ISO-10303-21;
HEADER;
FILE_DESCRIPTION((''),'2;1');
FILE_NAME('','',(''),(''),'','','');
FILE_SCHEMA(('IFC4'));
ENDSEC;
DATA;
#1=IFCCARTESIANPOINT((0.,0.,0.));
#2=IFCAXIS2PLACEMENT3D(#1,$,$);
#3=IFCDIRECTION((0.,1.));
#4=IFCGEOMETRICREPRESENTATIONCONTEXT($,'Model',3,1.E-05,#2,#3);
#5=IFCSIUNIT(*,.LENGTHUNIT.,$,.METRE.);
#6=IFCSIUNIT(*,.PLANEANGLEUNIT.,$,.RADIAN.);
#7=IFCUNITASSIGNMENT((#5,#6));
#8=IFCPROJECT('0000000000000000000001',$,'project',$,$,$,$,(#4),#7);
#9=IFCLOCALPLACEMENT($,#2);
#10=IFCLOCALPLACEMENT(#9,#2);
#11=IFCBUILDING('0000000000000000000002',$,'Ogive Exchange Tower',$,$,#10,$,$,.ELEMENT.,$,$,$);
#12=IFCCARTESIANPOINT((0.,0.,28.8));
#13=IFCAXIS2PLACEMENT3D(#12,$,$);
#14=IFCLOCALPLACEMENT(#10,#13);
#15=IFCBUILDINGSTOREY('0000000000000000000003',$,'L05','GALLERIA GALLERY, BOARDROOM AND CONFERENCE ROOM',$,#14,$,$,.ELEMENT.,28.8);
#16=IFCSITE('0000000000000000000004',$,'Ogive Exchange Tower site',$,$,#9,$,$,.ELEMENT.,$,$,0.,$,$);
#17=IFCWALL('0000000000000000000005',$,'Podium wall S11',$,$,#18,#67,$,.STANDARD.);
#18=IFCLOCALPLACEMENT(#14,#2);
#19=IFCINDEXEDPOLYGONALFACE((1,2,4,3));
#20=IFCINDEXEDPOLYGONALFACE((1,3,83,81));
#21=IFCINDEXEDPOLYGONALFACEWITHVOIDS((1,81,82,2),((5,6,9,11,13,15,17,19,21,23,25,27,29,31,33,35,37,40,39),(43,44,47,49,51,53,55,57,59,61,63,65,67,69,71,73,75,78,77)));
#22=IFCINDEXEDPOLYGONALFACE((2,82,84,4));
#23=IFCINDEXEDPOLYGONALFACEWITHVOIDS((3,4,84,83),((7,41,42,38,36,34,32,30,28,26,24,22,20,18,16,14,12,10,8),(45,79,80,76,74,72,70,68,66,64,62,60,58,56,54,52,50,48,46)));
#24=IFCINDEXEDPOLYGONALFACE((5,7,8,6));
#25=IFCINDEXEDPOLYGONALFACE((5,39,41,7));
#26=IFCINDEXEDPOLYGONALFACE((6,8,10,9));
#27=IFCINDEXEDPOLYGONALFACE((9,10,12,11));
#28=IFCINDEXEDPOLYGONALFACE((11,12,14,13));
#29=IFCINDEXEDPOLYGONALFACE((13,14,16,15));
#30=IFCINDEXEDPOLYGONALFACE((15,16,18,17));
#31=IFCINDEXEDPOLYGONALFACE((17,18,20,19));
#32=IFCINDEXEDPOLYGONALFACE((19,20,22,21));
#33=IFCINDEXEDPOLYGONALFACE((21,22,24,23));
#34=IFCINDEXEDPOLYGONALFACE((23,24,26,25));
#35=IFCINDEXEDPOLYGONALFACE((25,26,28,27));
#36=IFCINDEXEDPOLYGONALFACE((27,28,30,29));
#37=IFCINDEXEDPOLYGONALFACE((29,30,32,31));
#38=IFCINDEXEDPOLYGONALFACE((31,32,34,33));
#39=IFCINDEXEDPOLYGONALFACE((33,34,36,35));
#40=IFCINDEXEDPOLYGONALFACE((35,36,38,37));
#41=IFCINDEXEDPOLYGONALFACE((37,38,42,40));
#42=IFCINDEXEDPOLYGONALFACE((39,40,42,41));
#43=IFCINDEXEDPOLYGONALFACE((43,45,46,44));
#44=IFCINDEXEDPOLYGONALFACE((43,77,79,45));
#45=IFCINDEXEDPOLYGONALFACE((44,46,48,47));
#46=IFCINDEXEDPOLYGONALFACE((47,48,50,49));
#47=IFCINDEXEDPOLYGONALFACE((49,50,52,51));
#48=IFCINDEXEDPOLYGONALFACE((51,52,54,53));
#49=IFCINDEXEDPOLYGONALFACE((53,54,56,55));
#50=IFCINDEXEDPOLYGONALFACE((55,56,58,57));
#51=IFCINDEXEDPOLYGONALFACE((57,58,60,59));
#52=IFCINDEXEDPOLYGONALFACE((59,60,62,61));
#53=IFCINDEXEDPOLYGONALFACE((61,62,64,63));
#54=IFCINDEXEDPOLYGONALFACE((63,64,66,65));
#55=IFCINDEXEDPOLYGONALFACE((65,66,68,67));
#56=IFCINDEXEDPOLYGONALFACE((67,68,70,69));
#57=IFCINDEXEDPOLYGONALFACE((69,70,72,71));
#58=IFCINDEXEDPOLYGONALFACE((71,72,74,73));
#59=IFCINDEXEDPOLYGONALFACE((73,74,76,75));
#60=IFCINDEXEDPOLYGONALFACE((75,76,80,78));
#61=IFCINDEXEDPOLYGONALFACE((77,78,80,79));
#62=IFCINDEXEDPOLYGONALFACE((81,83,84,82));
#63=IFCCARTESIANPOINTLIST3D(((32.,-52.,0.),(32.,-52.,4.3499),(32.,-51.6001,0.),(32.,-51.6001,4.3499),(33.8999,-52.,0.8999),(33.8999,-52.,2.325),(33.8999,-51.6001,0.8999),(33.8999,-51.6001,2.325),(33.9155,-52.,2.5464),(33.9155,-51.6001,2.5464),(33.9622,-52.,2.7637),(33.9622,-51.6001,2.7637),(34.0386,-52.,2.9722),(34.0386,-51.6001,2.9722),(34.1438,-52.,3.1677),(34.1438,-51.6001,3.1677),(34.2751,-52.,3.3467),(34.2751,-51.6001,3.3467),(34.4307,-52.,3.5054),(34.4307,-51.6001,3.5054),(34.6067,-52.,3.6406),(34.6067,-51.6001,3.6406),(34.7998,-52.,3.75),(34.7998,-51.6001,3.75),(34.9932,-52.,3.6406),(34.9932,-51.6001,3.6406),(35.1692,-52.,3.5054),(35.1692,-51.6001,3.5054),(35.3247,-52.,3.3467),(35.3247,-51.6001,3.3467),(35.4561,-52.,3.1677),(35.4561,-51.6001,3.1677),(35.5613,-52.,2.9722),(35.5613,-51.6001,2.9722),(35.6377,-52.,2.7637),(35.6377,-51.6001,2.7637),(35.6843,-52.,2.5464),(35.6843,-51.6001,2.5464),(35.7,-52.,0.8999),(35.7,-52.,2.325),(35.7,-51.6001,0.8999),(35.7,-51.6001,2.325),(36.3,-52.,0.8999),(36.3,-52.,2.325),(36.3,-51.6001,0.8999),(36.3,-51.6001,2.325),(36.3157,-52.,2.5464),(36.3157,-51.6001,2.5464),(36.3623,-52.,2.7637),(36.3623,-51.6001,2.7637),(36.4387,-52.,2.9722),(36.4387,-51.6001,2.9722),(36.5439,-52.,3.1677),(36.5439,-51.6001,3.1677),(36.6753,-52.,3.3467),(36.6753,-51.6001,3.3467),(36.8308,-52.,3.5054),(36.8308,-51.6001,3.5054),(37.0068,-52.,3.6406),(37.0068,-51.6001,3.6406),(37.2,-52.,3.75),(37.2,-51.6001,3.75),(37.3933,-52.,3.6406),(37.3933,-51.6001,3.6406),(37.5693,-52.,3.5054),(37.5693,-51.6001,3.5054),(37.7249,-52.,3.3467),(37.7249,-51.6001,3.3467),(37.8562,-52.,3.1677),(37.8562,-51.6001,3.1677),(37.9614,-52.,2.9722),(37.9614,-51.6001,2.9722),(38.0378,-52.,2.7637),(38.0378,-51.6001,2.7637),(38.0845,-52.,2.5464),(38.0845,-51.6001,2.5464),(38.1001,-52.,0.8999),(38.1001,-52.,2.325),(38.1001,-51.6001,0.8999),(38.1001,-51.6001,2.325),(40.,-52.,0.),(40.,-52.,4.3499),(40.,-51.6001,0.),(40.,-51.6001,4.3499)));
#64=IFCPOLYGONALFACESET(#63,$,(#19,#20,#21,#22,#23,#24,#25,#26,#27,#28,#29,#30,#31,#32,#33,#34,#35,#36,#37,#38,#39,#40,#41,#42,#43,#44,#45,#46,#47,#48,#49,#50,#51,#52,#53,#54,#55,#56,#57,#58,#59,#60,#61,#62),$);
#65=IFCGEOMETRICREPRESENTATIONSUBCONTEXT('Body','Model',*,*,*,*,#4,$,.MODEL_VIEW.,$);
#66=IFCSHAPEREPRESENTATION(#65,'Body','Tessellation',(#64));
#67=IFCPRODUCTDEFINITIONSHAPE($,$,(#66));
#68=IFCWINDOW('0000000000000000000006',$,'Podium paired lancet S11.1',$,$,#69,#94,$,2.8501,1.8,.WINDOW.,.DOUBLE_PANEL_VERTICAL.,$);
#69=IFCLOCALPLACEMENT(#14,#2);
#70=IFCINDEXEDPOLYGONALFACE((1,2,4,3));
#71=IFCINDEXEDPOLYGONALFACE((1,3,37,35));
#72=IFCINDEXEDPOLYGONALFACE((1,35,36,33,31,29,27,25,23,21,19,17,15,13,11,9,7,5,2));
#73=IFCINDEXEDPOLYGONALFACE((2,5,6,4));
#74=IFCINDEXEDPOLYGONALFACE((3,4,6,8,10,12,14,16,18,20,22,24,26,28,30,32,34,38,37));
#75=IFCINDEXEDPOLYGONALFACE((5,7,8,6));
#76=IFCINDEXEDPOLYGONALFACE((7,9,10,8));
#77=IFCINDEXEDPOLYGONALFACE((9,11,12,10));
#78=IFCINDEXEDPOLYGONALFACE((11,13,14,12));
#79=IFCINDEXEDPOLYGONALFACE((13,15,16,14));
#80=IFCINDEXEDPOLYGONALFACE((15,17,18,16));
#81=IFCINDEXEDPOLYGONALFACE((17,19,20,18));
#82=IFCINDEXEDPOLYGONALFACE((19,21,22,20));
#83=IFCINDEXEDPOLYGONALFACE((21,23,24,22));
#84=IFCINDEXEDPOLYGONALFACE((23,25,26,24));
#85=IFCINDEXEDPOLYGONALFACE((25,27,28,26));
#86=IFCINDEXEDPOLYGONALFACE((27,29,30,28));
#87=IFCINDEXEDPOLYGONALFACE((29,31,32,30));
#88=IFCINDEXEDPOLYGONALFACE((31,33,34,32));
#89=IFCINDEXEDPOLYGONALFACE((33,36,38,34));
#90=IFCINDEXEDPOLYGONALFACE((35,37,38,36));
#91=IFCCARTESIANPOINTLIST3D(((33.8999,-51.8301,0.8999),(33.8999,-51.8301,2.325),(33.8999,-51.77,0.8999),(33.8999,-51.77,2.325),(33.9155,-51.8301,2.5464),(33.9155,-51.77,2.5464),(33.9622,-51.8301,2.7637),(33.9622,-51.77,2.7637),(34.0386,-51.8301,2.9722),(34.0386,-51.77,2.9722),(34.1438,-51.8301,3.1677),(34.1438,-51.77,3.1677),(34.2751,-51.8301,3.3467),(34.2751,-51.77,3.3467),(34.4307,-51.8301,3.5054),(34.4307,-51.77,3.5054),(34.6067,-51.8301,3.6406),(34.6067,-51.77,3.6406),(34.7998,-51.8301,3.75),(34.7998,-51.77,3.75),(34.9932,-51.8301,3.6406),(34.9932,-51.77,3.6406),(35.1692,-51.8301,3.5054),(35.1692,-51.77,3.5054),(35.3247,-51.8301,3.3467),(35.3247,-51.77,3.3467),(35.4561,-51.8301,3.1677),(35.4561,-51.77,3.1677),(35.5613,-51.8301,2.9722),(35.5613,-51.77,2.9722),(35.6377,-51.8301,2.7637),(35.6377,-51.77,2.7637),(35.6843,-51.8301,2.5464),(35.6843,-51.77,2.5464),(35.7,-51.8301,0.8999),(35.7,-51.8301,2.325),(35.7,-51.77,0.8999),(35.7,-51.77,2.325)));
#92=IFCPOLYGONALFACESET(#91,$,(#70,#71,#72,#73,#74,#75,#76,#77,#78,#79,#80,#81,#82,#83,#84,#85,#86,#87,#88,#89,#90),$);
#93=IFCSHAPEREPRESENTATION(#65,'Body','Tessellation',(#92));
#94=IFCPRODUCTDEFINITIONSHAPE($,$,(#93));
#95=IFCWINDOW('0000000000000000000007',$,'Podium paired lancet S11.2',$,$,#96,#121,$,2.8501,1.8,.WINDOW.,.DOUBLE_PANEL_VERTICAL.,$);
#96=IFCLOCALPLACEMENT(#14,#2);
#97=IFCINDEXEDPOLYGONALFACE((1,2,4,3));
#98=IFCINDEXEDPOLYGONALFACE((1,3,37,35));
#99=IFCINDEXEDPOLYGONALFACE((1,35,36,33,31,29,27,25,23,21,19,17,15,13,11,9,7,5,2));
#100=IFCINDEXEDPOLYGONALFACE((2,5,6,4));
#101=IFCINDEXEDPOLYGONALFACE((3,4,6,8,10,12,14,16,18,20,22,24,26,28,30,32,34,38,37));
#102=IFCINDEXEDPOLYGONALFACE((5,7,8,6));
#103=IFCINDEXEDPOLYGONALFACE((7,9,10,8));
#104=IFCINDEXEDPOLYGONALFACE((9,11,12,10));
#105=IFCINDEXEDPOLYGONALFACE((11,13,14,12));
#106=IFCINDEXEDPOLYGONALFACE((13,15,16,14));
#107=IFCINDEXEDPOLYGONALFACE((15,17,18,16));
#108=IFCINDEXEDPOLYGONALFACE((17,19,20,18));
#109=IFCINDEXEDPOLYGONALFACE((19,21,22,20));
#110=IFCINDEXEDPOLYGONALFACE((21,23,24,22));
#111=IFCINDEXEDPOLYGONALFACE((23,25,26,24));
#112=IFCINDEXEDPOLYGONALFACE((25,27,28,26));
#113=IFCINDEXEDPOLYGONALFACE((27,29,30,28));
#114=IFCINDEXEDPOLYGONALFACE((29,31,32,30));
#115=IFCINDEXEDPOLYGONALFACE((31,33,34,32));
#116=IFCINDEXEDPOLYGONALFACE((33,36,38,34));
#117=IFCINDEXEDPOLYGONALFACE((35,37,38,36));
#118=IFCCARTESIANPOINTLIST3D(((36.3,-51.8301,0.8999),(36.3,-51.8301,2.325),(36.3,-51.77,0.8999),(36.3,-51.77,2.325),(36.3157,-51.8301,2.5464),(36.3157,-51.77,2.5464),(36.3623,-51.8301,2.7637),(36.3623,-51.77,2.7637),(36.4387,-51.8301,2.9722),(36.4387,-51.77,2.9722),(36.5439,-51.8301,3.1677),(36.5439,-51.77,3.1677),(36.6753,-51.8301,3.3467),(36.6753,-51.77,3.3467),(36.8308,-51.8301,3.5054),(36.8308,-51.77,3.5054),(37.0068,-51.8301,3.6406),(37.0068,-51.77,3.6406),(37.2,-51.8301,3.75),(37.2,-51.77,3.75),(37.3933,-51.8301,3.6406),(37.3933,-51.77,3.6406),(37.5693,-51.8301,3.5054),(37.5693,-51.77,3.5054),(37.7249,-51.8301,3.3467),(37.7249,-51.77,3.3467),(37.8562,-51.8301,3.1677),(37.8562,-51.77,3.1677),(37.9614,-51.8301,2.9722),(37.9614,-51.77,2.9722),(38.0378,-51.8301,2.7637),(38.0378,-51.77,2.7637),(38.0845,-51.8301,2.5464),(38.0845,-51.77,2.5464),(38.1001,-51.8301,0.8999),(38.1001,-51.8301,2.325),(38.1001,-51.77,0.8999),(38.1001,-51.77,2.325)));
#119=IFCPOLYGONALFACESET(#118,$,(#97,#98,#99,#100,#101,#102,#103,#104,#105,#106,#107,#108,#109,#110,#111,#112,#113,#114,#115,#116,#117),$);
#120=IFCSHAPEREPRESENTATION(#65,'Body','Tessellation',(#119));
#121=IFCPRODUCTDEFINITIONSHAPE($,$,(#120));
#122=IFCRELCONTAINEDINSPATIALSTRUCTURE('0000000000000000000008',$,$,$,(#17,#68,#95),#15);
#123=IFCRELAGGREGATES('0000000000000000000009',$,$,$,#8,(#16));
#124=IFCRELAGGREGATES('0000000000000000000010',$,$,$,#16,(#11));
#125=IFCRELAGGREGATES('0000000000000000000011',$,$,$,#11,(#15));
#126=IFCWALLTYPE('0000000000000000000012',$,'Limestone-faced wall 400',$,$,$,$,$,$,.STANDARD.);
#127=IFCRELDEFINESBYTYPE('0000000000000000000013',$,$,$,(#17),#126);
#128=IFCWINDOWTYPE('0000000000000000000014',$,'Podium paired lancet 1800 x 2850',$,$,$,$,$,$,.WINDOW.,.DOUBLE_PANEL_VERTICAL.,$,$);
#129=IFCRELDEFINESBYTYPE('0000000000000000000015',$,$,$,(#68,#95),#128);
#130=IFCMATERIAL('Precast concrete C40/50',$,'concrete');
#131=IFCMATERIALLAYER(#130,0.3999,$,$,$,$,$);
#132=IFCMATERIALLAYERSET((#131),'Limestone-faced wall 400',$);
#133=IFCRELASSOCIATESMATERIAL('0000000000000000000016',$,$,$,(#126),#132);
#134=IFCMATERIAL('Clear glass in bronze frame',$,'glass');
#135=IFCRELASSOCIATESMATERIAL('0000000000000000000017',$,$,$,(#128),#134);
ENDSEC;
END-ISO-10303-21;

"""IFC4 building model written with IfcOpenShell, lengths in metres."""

from ifc_helpers import new_model, si_unit, direction, frame, frame_2d, origin, place, context, subcontext, project, spatial, polyline, rectangle, outline, extrude, material, layer, layer_set, type_object, element, fill, save


model = new_model("IFC4")

# Units and contexts
model_context = context("Model", 3, precision=1e-05, world=origin(), true_north=direction((0.0, 1.0)))
body_context = subcontext(model_context, "Body", "Model", "MODEL_VIEW")
ifc_project = project(units=[si_unit("LENGTHUNIT", "METRE"), si_unit("PLANEANGLEUNIT", "RADIAN")], contexts=[model_context])

# Site, building, storey
site_placement = place(None, origin())
site = spatial("IfcSite", under=ifc_project, at=site_placement, Name="Ogive Exchange Tower site", CompositionType="ELEMENT", RefElevation=0.0)
building_placement = place(site_placement, origin())
building = spatial("IfcBuilding", under=site, at=building_placement, Name="Ogive Exchange Tower", CompositionType="ELEMENT")
storey_placement = place(building_placement, frame((0.0, 0.0, 28.8)))
storey = spatial("IfcBuildingStorey", under=building, at=storey_placement, Name="L05", Description="GALLERIA GALLERY, BOARDROOM AND CONFERENCE ROOM", CompositionType="ELEMENT", Elevation=28.8)

# Wall, openings, windows
ifc_material_1 = material(Name="Precast concrete C40/50", Category="concrete")
ifc_layer_1 = layer(ifc_material_1, 0.3999)
ifc_layer_set_1 = layer_set([ifc_layer_1], Name="Limestone-faced wall 400")
wall_type_1 = type_object("IfcWallType", Name="Limestone-faced wall 400", PredefinedType="STANDARD", material=ifc_layer_set_1)
wall_1_placement = place(storey_placement, frame((32.0, -51.8, 0.0), z_axis=(0.0, 0.0, 1.0), x_axis=(1.0, 0.0, 0.0)))
wall_1 = element("IfcWall", 1, at=wall_1_placement, inside=storey, type_object=wall_type_1, Name="Podium wall S11", PredefinedType="STANDARD", context=body_context, shape_type="SweptSolid", body=[
    extrude(rectangle(XDim=8.0, YDim=0.3999, at=frame_2d((4.0, 0.0))), origin(), (0.0, 0.0, 1.0), 4.3499),
])
opening_1_placement = place(wall_1_placement, frame((1.8999, 0.0, 0.8999)))
opening_1 = element("IfcOpeningElement", 2, at=opening_1_placement, cuts=wall_1, PredefinedType="OPENING", context=body_context, shape_type="SweptSolid", body=[
    extrude(outline(polyline([(0.0, 0.0), (1.8, 0.0), (1.8, 1.425), (1.7844, 1.6465), (1.7378, 1.8638), (1.6614, 2.0723), (1.5562, 2.2678), (1.4248, 2.4468), (1.2693, 2.6055), (1.0933, 2.7407), (0.8999, 2.8501), (0.7068, 2.7407), (0.5308, 2.6055), (0.3752, 2.4468), (0.2439, 2.2678), (0.1387, 2.0723), (0.0623, 1.8638), (0.0156, 1.6465), (0.0, 1.425), (0.0, 0.0)])), frame((0.0, 0.21, 0.0), z_axis=(0.0, -1.0, 0.0), x_axis=(1.0, 0.0, 0.0)), (0.0, 0.0, 1.0), 0.4199),
])
opening_2_placement = place(wall_1_placement, frame((4.3, 0.0, 0.8999)))
opening_2 = element("IfcOpeningElement", 3, at=opening_2_placement, cuts=wall_1, PredefinedType="OPENING", context=body_context, shape_type="SweptSolid", body=[
    extrude(outline(polyline([(0.0, 0.0), (1.8, 0.0), (1.8, 1.425), (1.7844, 1.6465), (1.7378, 1.8638), (1.6614, 2.0723), (1.5562, 2.2678), (1.4248, 2.4468), (1.2693, 2.6055), (1.0933, 2.7407), (0.8999, 2.8501), (0.7068, 2.7407), (0.5308, 2.6055), (0.3752, 2.4468), (0.2439, 2.2678), (0.1387, 2.0723), (0.0623, 1.8638), (0.0156, 1.6465), (0.0, 1.425), (0.0, 0.0)])), frame((0.0, 0.21, 0.0), z_axis=(0.0, -1.0, 0.0), x_axis=(1.0, 0.0, 0.0)), (0.0, 0.0, 1.0), 0.4199),
])
ifc_material_2 = material(Name="Clear glass in bronze frame", Category="glass")
window_type = type_object("IfcWindowType", Name="Podium paired lancet 1800 x 2850", PartitioningType="DOUBLE_PANEL_VERTICAL", PredefinedType="WINDOW", material=ifc_material_2)
window_1_placement = place(opening_1_placement, origin())
window_1 = element("IfcWindow", 4, at=window_1_placement, inside=storey, type_object=window_type, Name="Podium paired lancet S11.1", OverallHeight=2.8501, OverallWidth=1.8, PartitioningType="DOUBLE_PANEL_VERTICAL", PredefinedType="WINDOW", context=body_context, shape_type="SweptSolid", body=[
    extrude(outline(polyline([(0.0, 0.0), (1.8, 0.0), (1.8, 1.425), (1.7844, 1.6465), (1.7378, 1.8638), (1.6614, 2.0723), (1.5562, 2.2678), (1.4248, 2.4468), (1.2693, 2.6055), (1.0933, 2.7407), (0.8999, 2.8501), (0.7068, 2.7407), (0.5308, 2.6055), (0.3752, 2.4468), (0.2439, 2.2678), (0.1387, 2.0723), (0.0623, 1.8638), (0.0156, 1.6465), (0.0, 1.425), (0.0, 0.0)])), frame((0.0, 0.03, 0.0), z_axis=(0.0, -1.0, 0.0), x_axis=(1.0, 0.0, 0.0)), (0.0, 0.0, 1.0), 0.0601),
])
fill(opening_1, window_1)
window_2_placement = place(opening_2_placement, origin())
window_2 = element("IfcWindow", 5, at=window_2_placement, inside=storey, type_object=window_type, Name="Podium paired lancet S11.2", OverallHeight=2.8501, OverallWidth=1.8, PartitioningType="DOUBLE_PANEL_VERTICAL", PredefinedType="WINDOW", context=body_context, shape_type="SweptSolid", body=[
    extrude(outline(polyline([(0.0, 0.0), (1.8, 0.0), (1.8, 1.425), (1.7844, 1.6465), (1.7378, 1.8638), (1.6614, 2.0723), (1.5562, 2.2678), (1.4248, 2.4468), (1.2693, 2.6055), (1.0933, 2.7407), (0.8999, 2.8501), (0.7068, 2.7407), (0.5308, 2.6055), (0.3752, 2.4468), (0.2439, 2.2678), (0.1387, 2.0723), (0.0623, 1.8638), (0.0156, 1.6465), (0.0, 1.425), (0.0, 0.0)])), frame((0.0, 0.03, 0.0), z_axis=(0.0, -1.0, 0.0), x_axis=(1.0, 0.0, 0.0)), (0.0, 0.0, 1.0), 0.0601),
])
fill(opening_2, window_2)

save(model, "model.ifc")
